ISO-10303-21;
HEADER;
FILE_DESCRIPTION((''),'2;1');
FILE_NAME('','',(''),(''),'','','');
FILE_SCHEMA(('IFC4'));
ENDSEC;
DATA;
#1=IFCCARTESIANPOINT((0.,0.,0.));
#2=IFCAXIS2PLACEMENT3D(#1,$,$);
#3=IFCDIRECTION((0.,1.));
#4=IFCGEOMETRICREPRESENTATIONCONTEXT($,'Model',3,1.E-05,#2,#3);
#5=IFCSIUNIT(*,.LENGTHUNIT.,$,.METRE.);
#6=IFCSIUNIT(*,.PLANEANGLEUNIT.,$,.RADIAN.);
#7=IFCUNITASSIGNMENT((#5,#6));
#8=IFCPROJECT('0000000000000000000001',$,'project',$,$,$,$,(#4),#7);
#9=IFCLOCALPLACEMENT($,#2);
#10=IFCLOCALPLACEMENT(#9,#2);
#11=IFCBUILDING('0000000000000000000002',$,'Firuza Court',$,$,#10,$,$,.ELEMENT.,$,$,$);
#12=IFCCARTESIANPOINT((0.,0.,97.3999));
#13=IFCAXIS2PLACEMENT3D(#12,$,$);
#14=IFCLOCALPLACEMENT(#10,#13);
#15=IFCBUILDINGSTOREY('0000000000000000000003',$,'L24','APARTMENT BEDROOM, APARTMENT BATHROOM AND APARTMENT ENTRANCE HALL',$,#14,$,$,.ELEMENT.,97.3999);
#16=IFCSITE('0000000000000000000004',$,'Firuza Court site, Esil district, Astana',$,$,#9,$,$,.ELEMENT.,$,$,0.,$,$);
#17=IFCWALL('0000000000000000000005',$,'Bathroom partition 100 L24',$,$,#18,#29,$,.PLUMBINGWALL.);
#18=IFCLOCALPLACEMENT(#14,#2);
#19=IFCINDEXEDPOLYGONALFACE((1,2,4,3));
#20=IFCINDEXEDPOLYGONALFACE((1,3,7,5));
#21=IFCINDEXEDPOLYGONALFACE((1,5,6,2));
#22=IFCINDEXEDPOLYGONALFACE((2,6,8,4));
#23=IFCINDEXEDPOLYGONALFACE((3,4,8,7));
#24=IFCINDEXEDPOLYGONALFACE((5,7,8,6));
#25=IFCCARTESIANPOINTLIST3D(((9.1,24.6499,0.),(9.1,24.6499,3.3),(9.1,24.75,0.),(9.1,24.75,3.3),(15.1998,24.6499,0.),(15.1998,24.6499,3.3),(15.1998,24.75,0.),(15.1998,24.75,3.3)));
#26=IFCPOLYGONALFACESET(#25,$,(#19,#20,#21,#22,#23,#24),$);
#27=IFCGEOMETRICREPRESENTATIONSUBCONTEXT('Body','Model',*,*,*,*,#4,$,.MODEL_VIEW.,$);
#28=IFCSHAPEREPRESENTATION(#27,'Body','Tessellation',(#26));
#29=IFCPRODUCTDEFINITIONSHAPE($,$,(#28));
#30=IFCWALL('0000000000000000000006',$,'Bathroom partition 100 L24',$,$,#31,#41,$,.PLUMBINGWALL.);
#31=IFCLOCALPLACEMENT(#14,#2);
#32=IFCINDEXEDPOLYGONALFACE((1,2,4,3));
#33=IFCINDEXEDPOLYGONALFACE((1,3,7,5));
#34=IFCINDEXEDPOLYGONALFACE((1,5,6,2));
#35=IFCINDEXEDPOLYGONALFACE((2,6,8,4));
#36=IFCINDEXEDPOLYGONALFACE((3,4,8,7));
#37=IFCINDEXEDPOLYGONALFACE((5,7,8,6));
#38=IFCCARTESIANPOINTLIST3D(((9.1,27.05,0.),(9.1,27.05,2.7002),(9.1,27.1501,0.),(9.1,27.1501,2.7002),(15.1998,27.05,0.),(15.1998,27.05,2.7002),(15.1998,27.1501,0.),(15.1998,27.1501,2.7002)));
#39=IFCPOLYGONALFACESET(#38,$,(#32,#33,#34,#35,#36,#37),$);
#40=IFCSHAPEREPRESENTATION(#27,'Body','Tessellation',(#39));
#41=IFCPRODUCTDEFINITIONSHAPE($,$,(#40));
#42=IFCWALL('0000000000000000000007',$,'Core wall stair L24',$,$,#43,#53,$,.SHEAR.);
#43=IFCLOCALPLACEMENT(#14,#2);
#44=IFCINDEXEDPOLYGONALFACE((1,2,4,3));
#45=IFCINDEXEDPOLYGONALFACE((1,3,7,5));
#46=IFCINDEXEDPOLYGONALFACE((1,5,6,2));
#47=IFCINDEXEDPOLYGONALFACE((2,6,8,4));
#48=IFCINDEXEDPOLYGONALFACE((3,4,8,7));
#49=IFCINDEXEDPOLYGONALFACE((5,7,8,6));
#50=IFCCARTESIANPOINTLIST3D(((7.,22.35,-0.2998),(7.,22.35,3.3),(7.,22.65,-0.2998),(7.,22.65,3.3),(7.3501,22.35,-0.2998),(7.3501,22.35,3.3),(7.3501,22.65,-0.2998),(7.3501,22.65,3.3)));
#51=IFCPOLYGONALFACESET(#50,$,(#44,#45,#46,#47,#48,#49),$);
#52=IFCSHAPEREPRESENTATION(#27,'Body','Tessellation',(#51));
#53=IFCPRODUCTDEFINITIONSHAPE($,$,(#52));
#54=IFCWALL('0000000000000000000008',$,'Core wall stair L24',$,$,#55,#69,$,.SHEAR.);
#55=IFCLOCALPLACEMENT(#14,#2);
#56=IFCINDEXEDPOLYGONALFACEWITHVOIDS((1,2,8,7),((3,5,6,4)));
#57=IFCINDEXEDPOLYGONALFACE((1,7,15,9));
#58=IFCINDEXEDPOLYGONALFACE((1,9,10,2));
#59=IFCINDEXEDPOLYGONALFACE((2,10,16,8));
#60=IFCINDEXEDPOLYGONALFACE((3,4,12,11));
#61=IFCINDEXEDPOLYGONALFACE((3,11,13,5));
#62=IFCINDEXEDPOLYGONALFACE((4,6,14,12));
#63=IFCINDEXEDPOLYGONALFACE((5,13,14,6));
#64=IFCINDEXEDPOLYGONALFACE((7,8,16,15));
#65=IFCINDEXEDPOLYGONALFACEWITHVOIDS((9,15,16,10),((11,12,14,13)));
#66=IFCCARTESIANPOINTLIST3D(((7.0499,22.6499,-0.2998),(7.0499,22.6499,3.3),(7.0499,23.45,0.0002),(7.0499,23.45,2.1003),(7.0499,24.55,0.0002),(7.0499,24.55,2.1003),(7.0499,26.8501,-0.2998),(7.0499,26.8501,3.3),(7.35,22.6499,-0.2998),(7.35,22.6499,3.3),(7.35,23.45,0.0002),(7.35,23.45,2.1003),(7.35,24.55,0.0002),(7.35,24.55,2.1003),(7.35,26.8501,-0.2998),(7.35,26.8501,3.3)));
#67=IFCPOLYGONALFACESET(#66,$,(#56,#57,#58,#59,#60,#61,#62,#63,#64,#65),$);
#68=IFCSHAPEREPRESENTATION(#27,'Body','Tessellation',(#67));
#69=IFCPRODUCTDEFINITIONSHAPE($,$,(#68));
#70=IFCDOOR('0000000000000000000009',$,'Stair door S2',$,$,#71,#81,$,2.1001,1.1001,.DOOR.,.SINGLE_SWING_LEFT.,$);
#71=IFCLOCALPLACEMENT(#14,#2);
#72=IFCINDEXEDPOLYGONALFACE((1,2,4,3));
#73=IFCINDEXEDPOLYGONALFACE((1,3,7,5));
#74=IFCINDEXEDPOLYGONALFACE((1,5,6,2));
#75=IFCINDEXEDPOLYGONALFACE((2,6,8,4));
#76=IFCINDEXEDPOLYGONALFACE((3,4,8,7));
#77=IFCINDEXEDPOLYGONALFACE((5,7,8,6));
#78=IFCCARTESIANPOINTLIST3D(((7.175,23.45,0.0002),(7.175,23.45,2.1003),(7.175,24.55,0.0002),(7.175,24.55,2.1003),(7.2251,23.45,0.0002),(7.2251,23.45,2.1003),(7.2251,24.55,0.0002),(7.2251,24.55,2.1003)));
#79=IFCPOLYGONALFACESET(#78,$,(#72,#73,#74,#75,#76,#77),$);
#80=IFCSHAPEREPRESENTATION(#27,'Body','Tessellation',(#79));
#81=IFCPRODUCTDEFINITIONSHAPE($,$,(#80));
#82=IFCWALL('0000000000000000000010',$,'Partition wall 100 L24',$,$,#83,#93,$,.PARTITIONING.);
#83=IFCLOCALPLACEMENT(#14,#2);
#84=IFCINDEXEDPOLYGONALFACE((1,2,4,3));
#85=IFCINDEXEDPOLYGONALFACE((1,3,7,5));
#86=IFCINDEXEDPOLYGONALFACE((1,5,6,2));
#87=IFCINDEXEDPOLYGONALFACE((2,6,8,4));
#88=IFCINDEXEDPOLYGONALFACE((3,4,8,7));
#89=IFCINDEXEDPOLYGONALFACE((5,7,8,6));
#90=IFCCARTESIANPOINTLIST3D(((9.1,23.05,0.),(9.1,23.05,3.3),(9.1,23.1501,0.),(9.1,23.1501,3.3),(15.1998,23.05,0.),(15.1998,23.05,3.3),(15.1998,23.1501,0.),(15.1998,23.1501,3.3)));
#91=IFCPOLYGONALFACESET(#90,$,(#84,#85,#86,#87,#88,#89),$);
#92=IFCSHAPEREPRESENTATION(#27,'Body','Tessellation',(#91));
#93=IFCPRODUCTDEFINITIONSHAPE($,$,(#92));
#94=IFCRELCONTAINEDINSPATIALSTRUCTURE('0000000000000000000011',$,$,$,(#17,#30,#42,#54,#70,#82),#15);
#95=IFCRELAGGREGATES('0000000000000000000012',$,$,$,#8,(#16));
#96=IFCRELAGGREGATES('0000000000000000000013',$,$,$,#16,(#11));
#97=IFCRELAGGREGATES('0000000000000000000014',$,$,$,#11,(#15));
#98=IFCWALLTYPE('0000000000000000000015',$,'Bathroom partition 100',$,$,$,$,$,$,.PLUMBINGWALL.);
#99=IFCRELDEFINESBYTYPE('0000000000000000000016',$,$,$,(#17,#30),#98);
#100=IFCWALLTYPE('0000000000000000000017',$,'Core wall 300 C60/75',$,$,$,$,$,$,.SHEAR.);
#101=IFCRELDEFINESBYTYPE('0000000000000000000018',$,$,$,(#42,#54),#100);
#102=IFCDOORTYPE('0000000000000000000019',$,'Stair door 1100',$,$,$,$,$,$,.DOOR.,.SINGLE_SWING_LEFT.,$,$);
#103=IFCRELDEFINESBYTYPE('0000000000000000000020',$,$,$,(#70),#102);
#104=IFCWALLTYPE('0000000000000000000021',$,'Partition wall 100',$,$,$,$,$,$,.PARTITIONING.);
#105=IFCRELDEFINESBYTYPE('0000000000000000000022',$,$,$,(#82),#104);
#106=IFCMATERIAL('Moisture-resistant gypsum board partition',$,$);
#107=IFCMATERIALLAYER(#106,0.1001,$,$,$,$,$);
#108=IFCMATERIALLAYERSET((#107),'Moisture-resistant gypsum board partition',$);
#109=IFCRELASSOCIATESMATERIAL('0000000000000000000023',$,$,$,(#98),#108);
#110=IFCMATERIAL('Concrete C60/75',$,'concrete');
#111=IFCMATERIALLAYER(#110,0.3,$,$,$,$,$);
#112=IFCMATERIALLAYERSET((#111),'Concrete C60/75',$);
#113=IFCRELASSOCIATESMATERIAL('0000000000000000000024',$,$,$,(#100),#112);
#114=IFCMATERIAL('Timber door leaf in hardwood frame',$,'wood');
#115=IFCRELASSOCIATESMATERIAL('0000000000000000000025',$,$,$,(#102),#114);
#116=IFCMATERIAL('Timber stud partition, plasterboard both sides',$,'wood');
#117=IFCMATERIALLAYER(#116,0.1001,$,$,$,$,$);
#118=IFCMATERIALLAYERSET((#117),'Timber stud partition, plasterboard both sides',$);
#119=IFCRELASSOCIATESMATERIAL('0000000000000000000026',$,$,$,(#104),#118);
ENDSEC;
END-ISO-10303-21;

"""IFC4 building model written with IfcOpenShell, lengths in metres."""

from ifc_helpers import new_model, si_unit, direction, frame, frame_2d, origin, place, context, subcontext, project, spatial, rectangle, extrude, material, layer, layer_set, type_object, element, fill, save


model = new_model("IFC4")

# Units and contexts
model_context = context("Model", 3, precision=1e-05, world=origin(), true_north=direction((0.0, 1.0)))
body_context = subcontext(model_context, "Body", "Model", "MODEL_VIEW")
ifc_project = project(units=[si_unit("LENGTHUNIT", "METRE"), si_unit("PLANEANGLEUNIT", "RADIAN")], contexts=[model_context])

# Site, building, storey
site_placement = place(None, origin())
site = spatial("IfcSite", under=ifc_project, at=site_placement, Name="Firuza Court site, Esil district, Astana", CompositionType="ELEMENT", RefElevation=0.0)
building_placement = place(site_placement, origin())
building = spatial("IfcBuilding", under=site, at=building_placement, Name="Firuza Court", CompositionType="ELEMENT")
storey_placement = place(building_placement, frame((0.0, 0.0, 97.3999)))
storey = spatial("IfcBuildingStorey", under=building, at=storey_placement, Name="L24", Description="APARTMENT BEDROOM, APARTMENT BATHROOM AND APARTMENT ENTRANCE HALL", CompositionType="ELEMENT", Elevation=97.3999)

# Walls
ifc_material_1 = material(Name="Moisture-resistant gypsum board partition")
ifc_layer_1 = layer(ifc_material_1, 0.1001)
ifc_layer_set_1 = layer_set([ifc_layer_1], Name="Moisture-resistant gypsum board partition")
wall_type_1 = type_object("IfcWallType", Name="Bathroom partition 100", PredefinedType="PLUMBINGWALL", material=ifc_layer_set_1)
wall_1_placement = place(storey_placement, frame((9.1001, 24.7, 0.0), z_axis=(0.0, 0.0, 1.0), x_axis=(1.0, 0.0, 0.0)))
element("IfcWall", 1, at=wall_1_placement, inside=storey, type_object=wall_type_1, Name="Bathroom partition 100 L24", PredefinedType="PLUMBINGWALL", context=body_context, shape_type="SweptSolid", body=[
    extrude(rectangle(XDim=6.0999, YDim=0.1001, at=frame_2d((3.0498, 0.0))), origin(), (0.0, 0.0, 1.0), 3.3),
])
wall_2_placement = place(storey_placement, frame((9.1001, 27.1001, 0.0), z_axis=(0.0, 0.0, 1.0), x_axis=(1.0, 0.0, 0.0)))
element("IfcWall", 2, at=wall_2_placement, inside=storey, type_object=wall_type_1, Name="Bathroom partition 100 L24", PredefinedType="PLUMBINGWALL", context=body_context, shape_type="SweptSolid", body=[
    extrude(rectangle(XDim=6.0999, YDim=0.1001, at=frame_2d((3.0498, 0.0))), origin(), (0.0, 0.0, 1.0), 2.7002),
])
ifc_material_2 = material(Name="Concrete C60/75", Category="concrete")
ifc_layer_2 = layer(ifc_material_2, 0.3)
ifc_layer_set_2 = layer_set([ifc_layer_2], Name="Concrete C60/75")
wall_type_2 = type_object("IfcWallType", Name="Core wall 300 C60/75", PredefinedType="SHEAR", material=ifc_layer_set_2)
wall_3_placement = place(storey_placement, frame((7.0, 22.5, -0.2998), z_axis=(0.0, 0.0, 1.0), x_axis=(1.0, 0.0, 0.0)))
element("IfcWall", 3, at=wall_3_placement, inside=storey, type_object=wall_type_2, Name="Core wall stair L24", PredefinedType="SHEAR", context=body_context, shape_type="SweptSolid", body=[
    extrude(rectangle(XDim=0.3501, YDim=0.3, at=frame_2d((0.175, 0.0))), origin(), (0.0, 0.0, 1.0), 3.5999),
])

# Wall, opening, door
wall_4_placement = place(storey_placement, frame((7.2, 22.6499, -0.2998), z_axis=(0.0, 0.0, 1.0), x_axis=(0.0, 1.0, 0.0)))
wall_4 = element("IfcWall", 4, at=wall_4_placement, inside=storey, type_object=wall_type_2, Name="Core wall stair L24", PredefinedType="SHEAR", context=body_context, shape_type="SweptSolid", body=[
    extrude(rectangle(XDim=4.2002, YDim=0.3, at=frame_2d((2.1001, 0.0))), origin(), (0.0, 0.0, 1.0), 3.5999),
])
opening_1_placement = place(wall_4_placement, frame((0.8, 0.0, 0.3)))
opening_1 = element("IfcOpeningElement", 5, at=opening_1_placement, cuts=wall_4, PredefinedType="OPENING", context=body_context, shape_type="SweptSolid", body=[
    extrude(rectangle(XDim=1.1001, YDim=2.1001, at=frame_2d((0.55, 1.05))), frame((0.0, 0.1621, 0.0), z_axis=(0.0, -1.0, 0.0), x_axis=(1.0, 0.0, 0.0)), (0.0, 0.0, 1.0), 0.324),
])
ifc_material_3 = material(Name="Timber door leaf in hardwood frame", Category="wood")
door_type_1 = type_object("IfcDoorType", Name="Stair door 1100", OperationType="SINGLE_SWING_LEFT", PredefinedType="DOOR", material=ifc_material_3)
door_1_placement = place(opening_1_placement, origin())
door_1 = element("IfcDoor", 6, at=door_1_placement, inside=storey, type_object=door_type_1, Name="Stair door S2", OperationType="SINGLE_SWING_LEFT", OverallHeight=2.1001, OverallWidth=1.1001, PredefinedType="DOOR", context=body_context, shape_type="SweptSolid", body=[
    extrude(rectangle(XDim=1.1001, YDim=2.1001, at=frame_2d((0.55, 1.05))), frame((0.0, 0.0249, 0.0), z_axis=(0.0, -1.0, 0.0), x_axis=(1.0, 0.0, 0.0)), (0.0, 0.0, 1.0), 0.05),
])
fill(opening_1, door_1)

# Wall
ifc_material_4 = material(Name="Timber stud partition, plasterboard both sides", Category="wood")
ifc_layer_3 = layer(ifc_material_4, 0.1001)
ifc_layer_set_3 = layer_set([ifc_layer_3], Name="Timber stud partition, plasterboard both sides")
wall_type_3 = type_object("IfcWallType", Name="Partition wall 100", PredefinedType="PARTITIONING", material=ifc_layer_set_3)
wall_5_placement = place(storey_placement, frame((9.1001, 23.1001, 0.0), z_axis=(0.0, 0.0, 1.0), x_axis=(1.0, 0.0, 0.0)))
element("IfcWall", 7, at=wall_5_placement, inside=storey, type_object=wall_type_3, Name="Partition wall 100 L24", PredefinedType="PARTITIONING", context=body_context, shape_type="SweptSolid", body=[
    extrude(rectangle(XDim=6.0999, YDim=0.1001, at=frame_2d((3.0498, 0.0))), origin(), (0.0, 0.0, 1.0), 3.3),
])

save(model, "model.ifc")
